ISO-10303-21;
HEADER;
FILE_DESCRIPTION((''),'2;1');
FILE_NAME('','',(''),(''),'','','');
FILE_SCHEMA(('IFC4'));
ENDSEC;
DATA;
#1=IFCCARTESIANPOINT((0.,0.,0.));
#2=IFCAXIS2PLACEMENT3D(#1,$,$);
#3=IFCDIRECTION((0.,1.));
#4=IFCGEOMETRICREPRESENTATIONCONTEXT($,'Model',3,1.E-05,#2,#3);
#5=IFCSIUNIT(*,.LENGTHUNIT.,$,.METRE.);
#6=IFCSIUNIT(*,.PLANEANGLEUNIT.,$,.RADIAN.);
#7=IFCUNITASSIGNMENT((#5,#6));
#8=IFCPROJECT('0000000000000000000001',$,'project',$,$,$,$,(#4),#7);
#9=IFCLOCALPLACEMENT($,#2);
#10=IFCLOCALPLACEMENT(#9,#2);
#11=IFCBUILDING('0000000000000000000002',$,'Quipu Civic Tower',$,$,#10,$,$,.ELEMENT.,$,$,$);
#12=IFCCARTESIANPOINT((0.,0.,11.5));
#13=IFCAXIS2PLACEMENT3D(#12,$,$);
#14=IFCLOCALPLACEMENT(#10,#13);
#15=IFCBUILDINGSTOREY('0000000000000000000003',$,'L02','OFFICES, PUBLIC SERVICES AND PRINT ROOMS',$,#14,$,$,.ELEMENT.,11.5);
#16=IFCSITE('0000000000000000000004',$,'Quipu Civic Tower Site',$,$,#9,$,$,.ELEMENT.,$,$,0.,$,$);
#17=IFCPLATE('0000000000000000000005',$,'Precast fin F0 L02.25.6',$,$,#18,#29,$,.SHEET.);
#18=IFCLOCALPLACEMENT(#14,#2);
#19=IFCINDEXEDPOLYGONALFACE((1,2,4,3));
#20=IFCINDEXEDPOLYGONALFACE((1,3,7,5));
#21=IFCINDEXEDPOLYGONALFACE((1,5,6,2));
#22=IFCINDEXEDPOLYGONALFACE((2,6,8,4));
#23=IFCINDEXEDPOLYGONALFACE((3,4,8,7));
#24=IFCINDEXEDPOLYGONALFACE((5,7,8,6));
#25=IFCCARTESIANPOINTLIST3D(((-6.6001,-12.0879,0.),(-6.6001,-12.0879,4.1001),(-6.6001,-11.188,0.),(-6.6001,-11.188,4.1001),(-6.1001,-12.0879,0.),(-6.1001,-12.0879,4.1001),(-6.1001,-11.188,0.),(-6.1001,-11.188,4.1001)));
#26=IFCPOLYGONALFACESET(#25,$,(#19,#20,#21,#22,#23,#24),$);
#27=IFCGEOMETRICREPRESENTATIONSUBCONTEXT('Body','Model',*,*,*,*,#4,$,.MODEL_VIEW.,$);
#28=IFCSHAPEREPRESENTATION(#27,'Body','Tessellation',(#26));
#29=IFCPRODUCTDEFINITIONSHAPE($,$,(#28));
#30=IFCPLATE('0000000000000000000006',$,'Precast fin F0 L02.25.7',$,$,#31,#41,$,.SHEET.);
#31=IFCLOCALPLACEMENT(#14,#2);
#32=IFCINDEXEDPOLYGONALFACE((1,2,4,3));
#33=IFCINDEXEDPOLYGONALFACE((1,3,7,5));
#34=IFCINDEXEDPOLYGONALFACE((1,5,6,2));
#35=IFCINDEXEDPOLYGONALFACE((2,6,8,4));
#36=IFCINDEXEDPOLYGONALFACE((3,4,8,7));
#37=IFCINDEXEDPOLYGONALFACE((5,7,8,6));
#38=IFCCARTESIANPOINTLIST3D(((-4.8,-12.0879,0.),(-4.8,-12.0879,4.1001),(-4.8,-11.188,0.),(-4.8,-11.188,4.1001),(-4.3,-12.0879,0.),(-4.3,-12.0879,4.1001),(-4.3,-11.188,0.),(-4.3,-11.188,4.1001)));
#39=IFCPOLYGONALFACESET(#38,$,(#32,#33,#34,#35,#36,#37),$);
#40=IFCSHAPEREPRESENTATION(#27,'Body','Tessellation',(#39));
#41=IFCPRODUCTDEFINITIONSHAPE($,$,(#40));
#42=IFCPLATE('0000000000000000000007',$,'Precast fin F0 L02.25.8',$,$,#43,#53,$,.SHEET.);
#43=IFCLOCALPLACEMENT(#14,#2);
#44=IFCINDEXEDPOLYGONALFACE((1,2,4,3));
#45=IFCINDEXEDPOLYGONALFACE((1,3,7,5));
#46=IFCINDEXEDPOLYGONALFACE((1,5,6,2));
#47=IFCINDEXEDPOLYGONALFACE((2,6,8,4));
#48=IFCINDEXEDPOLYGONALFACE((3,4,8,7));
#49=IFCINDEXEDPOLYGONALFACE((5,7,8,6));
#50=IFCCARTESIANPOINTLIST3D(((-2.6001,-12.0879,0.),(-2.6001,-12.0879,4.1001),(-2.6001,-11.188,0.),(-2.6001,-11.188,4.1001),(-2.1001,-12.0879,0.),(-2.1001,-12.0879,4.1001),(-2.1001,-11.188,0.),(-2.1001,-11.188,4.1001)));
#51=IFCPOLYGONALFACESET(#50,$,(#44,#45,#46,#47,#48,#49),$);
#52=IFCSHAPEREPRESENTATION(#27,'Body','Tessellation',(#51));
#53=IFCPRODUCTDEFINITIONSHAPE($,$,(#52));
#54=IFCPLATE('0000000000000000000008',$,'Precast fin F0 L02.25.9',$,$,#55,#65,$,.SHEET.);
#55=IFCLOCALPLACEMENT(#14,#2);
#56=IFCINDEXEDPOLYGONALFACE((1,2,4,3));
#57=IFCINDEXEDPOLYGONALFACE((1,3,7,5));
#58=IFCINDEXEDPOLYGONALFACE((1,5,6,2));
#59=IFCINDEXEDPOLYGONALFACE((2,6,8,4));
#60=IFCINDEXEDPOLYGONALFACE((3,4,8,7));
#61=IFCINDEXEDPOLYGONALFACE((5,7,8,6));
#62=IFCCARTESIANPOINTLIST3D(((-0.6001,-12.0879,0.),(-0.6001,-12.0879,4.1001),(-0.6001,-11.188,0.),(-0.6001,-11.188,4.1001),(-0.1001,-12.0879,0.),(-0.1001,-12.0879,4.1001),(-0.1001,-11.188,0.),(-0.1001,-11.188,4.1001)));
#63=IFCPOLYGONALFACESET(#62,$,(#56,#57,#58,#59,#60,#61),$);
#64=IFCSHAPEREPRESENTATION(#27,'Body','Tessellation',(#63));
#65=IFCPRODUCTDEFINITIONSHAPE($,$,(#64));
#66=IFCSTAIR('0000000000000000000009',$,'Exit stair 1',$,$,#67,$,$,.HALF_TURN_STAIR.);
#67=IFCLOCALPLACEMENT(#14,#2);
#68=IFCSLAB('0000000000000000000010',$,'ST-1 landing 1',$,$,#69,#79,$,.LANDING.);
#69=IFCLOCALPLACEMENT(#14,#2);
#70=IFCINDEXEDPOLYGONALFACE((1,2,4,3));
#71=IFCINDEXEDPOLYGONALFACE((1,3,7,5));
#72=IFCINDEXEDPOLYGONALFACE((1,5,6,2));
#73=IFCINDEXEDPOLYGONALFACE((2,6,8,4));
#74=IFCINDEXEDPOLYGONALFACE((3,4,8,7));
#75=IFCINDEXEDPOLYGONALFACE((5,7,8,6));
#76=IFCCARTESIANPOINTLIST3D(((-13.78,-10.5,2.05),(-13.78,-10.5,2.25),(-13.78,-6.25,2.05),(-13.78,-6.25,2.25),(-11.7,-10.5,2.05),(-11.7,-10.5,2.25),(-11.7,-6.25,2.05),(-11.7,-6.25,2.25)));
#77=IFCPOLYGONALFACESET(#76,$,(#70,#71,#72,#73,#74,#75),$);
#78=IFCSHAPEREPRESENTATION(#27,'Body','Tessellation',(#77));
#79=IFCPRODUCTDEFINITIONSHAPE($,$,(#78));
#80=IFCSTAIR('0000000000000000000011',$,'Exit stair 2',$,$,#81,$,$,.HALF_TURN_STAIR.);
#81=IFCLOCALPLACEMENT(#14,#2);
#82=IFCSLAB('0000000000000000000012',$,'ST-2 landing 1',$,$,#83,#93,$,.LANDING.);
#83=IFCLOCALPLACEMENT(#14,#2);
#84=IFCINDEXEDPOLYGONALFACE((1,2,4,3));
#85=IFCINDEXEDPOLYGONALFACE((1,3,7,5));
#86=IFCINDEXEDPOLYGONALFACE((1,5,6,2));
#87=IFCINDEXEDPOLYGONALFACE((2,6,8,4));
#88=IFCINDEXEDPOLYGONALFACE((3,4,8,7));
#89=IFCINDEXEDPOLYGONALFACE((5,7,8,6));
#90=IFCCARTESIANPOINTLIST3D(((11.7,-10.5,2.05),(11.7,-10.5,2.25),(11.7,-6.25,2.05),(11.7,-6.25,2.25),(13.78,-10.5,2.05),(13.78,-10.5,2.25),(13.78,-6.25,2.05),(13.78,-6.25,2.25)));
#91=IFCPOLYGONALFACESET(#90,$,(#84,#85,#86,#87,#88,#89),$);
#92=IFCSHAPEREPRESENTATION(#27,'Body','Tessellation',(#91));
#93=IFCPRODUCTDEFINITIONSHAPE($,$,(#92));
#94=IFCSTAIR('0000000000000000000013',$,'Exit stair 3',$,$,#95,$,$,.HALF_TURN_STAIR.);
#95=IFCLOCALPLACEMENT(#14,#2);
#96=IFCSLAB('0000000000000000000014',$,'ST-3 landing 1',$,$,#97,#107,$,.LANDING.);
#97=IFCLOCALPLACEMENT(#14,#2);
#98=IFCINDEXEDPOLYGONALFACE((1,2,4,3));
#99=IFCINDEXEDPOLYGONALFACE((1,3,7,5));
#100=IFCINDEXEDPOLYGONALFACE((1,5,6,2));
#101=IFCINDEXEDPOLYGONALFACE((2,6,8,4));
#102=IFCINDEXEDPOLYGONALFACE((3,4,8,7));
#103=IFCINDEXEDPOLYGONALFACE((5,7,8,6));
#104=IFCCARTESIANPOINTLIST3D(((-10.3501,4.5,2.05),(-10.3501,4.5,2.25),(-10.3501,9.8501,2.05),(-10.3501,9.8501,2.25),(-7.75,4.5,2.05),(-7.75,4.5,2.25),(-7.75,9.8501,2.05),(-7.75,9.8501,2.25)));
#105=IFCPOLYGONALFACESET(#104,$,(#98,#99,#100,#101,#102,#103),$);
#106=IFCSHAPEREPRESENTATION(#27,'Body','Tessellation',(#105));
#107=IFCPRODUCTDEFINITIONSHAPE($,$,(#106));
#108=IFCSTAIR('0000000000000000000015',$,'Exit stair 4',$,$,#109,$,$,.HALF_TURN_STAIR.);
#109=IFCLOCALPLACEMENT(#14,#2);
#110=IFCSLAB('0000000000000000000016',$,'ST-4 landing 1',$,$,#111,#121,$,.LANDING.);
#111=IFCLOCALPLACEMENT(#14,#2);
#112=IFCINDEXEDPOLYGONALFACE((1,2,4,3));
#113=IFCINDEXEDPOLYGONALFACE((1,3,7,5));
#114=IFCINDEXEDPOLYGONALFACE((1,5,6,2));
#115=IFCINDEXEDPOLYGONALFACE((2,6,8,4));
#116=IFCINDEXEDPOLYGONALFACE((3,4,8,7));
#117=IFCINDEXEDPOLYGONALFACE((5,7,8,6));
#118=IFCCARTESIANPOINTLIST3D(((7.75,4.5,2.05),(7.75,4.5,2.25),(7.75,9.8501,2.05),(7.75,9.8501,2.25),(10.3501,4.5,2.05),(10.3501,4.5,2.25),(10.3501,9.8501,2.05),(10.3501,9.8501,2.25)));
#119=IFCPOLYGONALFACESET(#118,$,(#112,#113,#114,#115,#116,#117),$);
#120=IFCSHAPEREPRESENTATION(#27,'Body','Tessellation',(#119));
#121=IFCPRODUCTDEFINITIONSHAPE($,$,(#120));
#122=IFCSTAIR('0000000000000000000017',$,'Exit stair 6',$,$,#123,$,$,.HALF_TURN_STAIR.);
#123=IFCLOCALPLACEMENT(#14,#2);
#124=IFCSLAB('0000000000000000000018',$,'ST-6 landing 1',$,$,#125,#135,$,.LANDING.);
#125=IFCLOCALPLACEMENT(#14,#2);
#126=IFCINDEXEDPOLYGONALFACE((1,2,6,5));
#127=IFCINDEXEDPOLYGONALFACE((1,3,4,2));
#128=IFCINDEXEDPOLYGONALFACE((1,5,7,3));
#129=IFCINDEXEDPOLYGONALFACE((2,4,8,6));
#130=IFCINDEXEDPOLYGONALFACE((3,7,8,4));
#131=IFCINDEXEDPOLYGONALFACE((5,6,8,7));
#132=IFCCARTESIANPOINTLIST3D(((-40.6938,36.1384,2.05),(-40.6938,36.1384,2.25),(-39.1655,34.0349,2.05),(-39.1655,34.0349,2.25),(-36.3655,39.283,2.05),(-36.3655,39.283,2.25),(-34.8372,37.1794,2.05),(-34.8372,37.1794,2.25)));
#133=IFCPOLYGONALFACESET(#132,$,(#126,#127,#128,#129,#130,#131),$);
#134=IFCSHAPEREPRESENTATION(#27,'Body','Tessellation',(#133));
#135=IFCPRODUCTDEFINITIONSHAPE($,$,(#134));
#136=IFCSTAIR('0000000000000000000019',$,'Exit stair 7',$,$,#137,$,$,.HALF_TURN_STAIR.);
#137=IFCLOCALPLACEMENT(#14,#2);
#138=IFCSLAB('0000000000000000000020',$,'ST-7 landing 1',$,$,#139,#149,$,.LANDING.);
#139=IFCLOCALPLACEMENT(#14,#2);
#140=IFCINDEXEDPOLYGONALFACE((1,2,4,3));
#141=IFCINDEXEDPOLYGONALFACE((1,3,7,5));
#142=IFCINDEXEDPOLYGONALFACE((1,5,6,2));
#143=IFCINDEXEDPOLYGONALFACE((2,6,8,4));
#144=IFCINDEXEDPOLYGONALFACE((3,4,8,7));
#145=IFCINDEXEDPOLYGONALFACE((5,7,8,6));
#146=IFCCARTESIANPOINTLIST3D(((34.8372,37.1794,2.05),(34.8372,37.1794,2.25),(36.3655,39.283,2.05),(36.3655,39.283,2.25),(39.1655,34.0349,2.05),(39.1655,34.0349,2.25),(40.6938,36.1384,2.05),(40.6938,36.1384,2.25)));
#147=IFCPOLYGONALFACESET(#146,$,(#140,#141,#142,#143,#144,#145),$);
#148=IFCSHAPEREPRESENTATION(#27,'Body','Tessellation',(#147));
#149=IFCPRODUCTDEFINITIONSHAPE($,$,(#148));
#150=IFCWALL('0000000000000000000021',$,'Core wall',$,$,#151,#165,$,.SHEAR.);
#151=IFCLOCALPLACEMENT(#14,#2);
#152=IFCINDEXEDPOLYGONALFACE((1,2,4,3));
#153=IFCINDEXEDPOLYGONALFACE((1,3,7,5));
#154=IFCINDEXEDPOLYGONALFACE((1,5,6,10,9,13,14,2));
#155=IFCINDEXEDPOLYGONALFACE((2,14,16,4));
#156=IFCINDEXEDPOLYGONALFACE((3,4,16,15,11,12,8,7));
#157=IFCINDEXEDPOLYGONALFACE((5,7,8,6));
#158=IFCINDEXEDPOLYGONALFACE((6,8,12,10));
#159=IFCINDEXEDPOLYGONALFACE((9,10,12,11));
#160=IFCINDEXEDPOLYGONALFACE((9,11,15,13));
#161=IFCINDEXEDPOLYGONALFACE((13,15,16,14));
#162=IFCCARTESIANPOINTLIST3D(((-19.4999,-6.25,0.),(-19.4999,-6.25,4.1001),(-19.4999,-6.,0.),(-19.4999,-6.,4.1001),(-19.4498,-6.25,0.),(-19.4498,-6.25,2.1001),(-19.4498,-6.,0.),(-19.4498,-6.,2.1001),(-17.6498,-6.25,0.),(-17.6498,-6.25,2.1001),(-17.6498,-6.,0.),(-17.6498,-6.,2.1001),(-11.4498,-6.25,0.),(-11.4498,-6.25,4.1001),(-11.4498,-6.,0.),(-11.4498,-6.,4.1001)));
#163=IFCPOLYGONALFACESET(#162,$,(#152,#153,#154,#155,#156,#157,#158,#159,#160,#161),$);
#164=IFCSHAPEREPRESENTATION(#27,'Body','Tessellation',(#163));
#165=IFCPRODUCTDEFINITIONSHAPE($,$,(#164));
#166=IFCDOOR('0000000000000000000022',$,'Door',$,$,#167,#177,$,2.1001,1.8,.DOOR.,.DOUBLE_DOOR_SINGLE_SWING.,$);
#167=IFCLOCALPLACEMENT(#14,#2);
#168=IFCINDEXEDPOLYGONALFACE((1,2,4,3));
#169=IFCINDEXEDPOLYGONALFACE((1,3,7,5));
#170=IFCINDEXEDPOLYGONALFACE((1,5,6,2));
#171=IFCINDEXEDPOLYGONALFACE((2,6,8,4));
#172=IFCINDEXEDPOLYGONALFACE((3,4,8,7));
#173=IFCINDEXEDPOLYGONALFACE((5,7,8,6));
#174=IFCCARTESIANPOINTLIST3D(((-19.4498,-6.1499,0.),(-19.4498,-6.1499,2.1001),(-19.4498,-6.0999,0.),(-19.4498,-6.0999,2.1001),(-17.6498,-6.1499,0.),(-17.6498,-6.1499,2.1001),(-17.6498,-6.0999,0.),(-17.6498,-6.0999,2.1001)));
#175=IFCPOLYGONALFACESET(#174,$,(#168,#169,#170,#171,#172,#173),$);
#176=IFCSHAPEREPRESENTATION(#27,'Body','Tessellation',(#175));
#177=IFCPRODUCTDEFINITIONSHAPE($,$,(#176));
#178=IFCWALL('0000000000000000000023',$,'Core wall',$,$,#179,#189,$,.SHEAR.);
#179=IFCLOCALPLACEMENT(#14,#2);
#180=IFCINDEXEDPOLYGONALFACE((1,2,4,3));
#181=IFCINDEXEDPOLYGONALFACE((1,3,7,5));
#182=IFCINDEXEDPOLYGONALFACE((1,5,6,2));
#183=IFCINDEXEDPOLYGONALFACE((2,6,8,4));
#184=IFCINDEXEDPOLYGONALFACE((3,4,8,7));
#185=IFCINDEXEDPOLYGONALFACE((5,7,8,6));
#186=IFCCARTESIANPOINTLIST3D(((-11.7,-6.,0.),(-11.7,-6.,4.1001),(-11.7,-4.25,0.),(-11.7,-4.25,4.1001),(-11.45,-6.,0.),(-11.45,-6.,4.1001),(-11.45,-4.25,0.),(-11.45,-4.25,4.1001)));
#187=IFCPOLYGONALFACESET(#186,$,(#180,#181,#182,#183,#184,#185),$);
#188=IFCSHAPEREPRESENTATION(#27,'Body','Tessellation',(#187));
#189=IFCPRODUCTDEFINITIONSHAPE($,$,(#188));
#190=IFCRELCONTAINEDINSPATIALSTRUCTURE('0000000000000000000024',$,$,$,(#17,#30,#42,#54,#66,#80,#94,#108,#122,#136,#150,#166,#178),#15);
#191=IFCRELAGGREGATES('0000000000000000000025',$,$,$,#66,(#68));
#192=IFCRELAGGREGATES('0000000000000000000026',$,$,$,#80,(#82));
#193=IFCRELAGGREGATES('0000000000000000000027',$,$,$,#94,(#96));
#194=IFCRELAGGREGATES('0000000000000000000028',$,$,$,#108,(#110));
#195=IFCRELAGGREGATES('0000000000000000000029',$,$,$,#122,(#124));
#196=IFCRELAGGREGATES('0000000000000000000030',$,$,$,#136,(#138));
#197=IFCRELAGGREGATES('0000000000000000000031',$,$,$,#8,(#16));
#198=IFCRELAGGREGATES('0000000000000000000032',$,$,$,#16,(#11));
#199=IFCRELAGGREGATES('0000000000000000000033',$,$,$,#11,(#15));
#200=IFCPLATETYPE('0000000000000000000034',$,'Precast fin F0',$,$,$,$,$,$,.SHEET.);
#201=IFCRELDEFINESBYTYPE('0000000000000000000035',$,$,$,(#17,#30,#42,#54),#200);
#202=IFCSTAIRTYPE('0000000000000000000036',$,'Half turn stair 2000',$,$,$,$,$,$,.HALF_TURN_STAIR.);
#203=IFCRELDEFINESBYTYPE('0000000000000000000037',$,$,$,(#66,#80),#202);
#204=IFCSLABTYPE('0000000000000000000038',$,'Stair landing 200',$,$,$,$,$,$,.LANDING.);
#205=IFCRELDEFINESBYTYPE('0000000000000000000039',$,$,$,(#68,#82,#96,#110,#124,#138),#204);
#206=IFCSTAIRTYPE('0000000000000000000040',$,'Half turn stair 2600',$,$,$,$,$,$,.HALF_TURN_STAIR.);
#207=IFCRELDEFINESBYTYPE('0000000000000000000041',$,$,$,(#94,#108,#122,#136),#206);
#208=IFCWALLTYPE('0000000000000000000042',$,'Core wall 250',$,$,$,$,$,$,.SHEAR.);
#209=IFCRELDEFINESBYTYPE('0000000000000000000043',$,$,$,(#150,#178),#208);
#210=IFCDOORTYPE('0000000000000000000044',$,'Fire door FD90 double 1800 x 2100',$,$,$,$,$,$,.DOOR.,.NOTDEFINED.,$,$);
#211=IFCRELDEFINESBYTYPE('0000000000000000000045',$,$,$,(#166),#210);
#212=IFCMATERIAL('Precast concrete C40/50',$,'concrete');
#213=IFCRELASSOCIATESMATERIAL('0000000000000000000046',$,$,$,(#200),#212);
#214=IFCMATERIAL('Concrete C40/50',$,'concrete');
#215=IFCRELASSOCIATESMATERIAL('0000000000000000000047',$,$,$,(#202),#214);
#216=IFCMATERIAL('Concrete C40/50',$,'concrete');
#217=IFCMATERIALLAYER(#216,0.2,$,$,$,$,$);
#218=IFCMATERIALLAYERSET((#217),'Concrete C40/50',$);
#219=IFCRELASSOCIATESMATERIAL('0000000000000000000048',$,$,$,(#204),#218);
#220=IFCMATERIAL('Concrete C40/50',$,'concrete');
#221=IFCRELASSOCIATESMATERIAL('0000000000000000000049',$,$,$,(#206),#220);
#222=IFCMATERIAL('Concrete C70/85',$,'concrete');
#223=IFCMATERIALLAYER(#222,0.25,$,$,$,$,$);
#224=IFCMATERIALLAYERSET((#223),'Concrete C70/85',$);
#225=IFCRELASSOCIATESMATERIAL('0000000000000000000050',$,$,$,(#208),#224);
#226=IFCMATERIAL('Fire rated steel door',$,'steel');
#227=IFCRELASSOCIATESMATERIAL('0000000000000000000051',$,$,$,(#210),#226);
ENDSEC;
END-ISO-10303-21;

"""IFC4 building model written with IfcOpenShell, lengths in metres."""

from ifc_helpers import new_model, si_unit, direction, frame, frame_2d, origin, origin_2d, place, context, subcontext, project, spatial, polyline, rectangle, outline, extrude, material, layer, layer_set, type_object, element, fill, aggregate, save


model = new_model("IFC4")

# Units and contexts
model_context = context("Model", 3, precision=1e-05, world=origin(), true_north=direction((0.0, 1.0)))
body_context = subcontext(model_context, "Body", "Model", "MODEL_VIEW")
ifc_project = project(units=[si_unit("LENGTHUNIT", "METRE"), si_unit("PLANEANGLEUNIT", "RADIAN")], contexts=[model_context])

# Site, building, storey
site_placement = place(None, origin())
site = spatial("IfcSite", under=ifc_project, at=site_placement, Name="Quipu Civic Tower Site", CompositionType="ELEMENT", RefElevation=0.0)
building_placement = place(site_placement, origin())
building = spatial("IfcBuilding", under=site, at=building_placement, Name="Quipu Civic Tower", CompositionType="ELEMENT")
storey_placement = place(building_placement, frame((0.0, 0.0, 11.5)))
storey = spatial("IfcBuildingStorey", under=building, at=storey_placement, Name="L02", Description="OFFICES, PUBLIC SERVICES AND PRINT ROOMS", CompositionType="ELEMENT", Elevation=11.5)

# Plates
ifc_material_1 = material(Name="Precast concrete C40/50", Category="concrete")
plate_type = type_object("IfcPlateType", Name="Precast fin F0", PredefinedType="SHEET", material=ifc_material_1)
for number, where, z_axis, x_axis, name in (
    (1, (-6.3501, -11.6379, 0.0), (0.0, 0.0, 1.0), (1.0, 0.0, 0.0), "Precast fin F0 L02.25.6"),
    (2, (-4.55, -11.6379, 0.0), (0.0, 0.0, 1.0), (1.0, 0.0, 0.0), "Precast fin F0 L02.25.7"),
    (3, (-2.3501, -11.6379, 0.0), (0.0, 0.0, 1.0), (1.0, 0.0, 0.0), "Precast fin F0 L02.25.8"),
    (4, (-0.3501, -11.6379, 0.0), (0.0, 0.0, 1.0), (1.0, 0.0, 0.0), "Precast fin F0 L02.25.9"),
):
    element("IfcPlate", number, at=place(storey_placement, frame(where, z_axis=z_axis, x_axis=x_axis)), inside=storey, type_object=plate_type, Name=name, PredefinedType="SHEET", context=body_context, shape_type="SweptSolid", body=[
        extrude(rectangle(XDim=0.5, YDim=0.8999, at=origin_2d()), origin(), (0.0, 0.0, 1.0), 4.1001),
    ])

# Stairs, slabs
ifc_material_2 = material(Name="Concrete C40/50", Category="concrete")
stair_type_1 = type_object("IfcStairType", Name="Half turn stair 2000", PredefinedType="HALF_TURN_STAIR", material=ifc_material_2)
stair_1_placement = place(storey_placement, origin())
stair_1 = element("IfcStair", 5, at=stair_1_placement, inside=storey, type_object=stair_type_1, Name="Exit stair 1", PredefinedType="HALF_TURN_STAIR")
ifc_material_3 = material(Name="Concrete C40/50", Category="concrete")
ifc_layer_1 = layer(ifc_material_3, 0.2)
ifc_layer_set_1 = layer_set([ifc_layer_1], Name="Concrete C40/50")
slab_type_1 = type_object("IfcSlabType", Name="Stair landing 200", PredefinedType="LANDING", material=ifc_layer_set_1)
slab_1_placement = place(storey_placement, frame((0.0, 0.0, 2.05)))
slab_1 = element("IfcSlab", 6, at=slab_1_placement, type_object=slab_type_1, Name="ST-1 landing 1", PredefinedType="LANDING", context=body_context, shape_type="SweptSolid", body=[
    extrude(outline(polyline([(-13.78, -10.5), (-11.7, -10.5), (-11.7, -6.25), (-13.78, -6.25), (-13.78, -10.5)])), origin(), (0.0, 0.0, 1.0), 0.2),
])
aggregate(stair_1, [slab_1])
stair_2_placement = place(storey_placement, origin())
stair_2 = element("IfcStair", 7, at=stair_2_placement, inside=storey, type_object=stair_type_1, Name="Exit stair 2", PredefinedType="HALF_TURN_STAIR")
slab_2_placement = place(storey_placement, frame((0.0, 0.0, 2.05)))
slab_2 = element("IfcSlab", 8, at=slab_2_placement, type_object=slab_type_1, Name="ST-2 landing 1", PredefinedType="LANDING", context=body_context, shape_type="SweptSolid", body=[
    extrude(outline(polyline([(13.78, -6.25), (11.7, -6.25), (11.7, -10.5), (13.78, -10.5), (13.78, -6.25)])), origin(), (0.0, 0.0, 1.0), 0.2),
])
aggregate(stair_2, [slab_2])
ifc_material_4 = material(Name="Concrete C40/50", Category="concrete")
stair_type_2 = type_object("IfcStairType", Name="Half turn stair 2600", PredefinedType="HALF_TURN_STAIR", material=ifc_material_4)
stair_3_placement = place(storey_placement, origin())
stair_3 = element("IfcStair", 9, at=stair_3_placement, inside=storey, type_object=stair_type_2, Name="Exit stair 3", PredefinedType="HALF_TURN_STAIR")
slab_3_placement = place(storey_placement, frame((0.0, 0.0, 2.05)))
slab_3 = element("IfcSlab", 10, at=slab_3_placement, type_object=slab_type_1, Name="ST-3 landing 1", PredefinedType="LANDING", context=body_context, shape_type="SweptSolid", body=[
    extrude(outline(polyline([(-10.3501, 4.5), (-7.75, 4.5), (-7.75, 9.8501), (-10.3501, 9.8501), (-10.3501, 4.5)])), origin(), (0.0, 0.0, 1.0), 0.2),
])
aggregate(stair_3, [slab_3])
stair_4_placement = place(storey_placement, origin())
stair_4 = element("IfcStair", 11, at=stair_4_placement, inside=storey, type_object=stair_type_2, Name="Exit stair 4", PredefinedType="HALF_TURN_STAIR")
slab_4_placement = place(storey_placement, frame((0.0, 0.0, 2.05)))
slab_4 = element("IfcSlab", 12, at=slab_4_placement, type_object=slab_type_1, Name="ST-4 landing 1", PredefinedType="LANDING", context=body_context, shape_type="SweptSolid", body=[
    extrude(outline(polyline([(10.3501, 9.8501), (7.75, 9.8501), (7.75, 4.5), (10.3501, 4.5), (10.3501, 9.8501)])), origin(), (0.0, 0.0, 1.0), 0.2),
])
aggregate(stair_4, [slab_4])
stair_5_placement = place(storey_placement, origin())
stair_5 = element("IfcStair", 13, at=stair_5_placement, inside=storey, type_object=stair_type_2, Name="Exit stair 6", PredefinedType="HALF_TURN_STAIR")
slab_5_placement = place(storey_placement, frame((0.0, 0.0, 2.05)))
slab_5 = element("IfcSlab", 14, at=slab_5_placement, type_object=slab_type_1, Name="ST-6 landing 1", PredefinedType="LANDING", context=body_context, shape_type="SweptSolid", body=[
    extrude(outline(polyline([(-34.8372, 37.1794), (-36.3655, 39.283), (-40.6938, 36.1384), (-39.1655, 34.0349), (-34.8372, 37.1794)])), origin(), (0.0, 0.0, 1.0), 0.2),
])
aggregate(stair_5, [slab_5])
stair_6_placement = place(storey_placement, origin())
stair_6 = element("IfcStair", 15, at=stair_6_placement, inside=storey, type_object=stair_type_2, Name="Exit stair 7", PredefinedType="HALF_TURN_STAIR")
slab_6_placement = place(storey_placement, frame((0.0, 0.0, 2.05)))
slab_6 = element("IfcSlab", 16, at=slab_6_placement, type_object=slab_type_1, Name="ST-7 landing 1", PredefinedType="LANDING", context=body_context, shape_type="SweptSolid", body=[
    extrude(outline(polyline([(39.1655, 34.0349), (40.6938, 36.1384), (36.3655, 39.283), (34.8372, 37.1794), (39.1655, 34.0349)])), origin(), (0.0, 0.0, 1.0), 0.2),
])
aggregate(stair_6, [slab_6])

# Wall, opening, door
ifc_material_5 = material(Name="Concrete C70/85", Category="concrete")
ifc_layer_2 = layer(ifc_material_5, 0.25)
ifc_layer_set_2 = layer_set([ifc_layer_2], Name="Concrete C70/85")
wall_type_1 = type_object("IfcWallType", Name="Core wall 250", PredefinedType="SHEAR", material=ifc_layer_set_2)
wall_1_placement = place(storey_placement, frame((-11.45, -6.125, 0.0), z_axis=(0.0, 0.0, 1.0), x_axis=(-1.0, 0.0, 0.0)))
wall_1 = element("IfcWall", 17, at=wall_1_placement, inside=storey, type_object=wall_type_1, Name="Core wall", PredefinedType="SHEAR", context=body_context, shape_type="SweptSolid", body=[
    extrude(rectangle(XDim=8.05, YDim=0.25, at=frame_2d((4.0249, 0.0))), origin(), (0.0, 0.0, 1.0), 4.1001),
])
opening_1_placement = place(wall_1_placement, frame((6.2, 0.0, 0.0)))
opening_1 = element("IfcOpeningElement", 18, at=opening_1_placement, cuts=wall_1, PredefinedType="OPENING", context=body_context, shape_type="SweptSolid", body=[
    extrude(rectangle(XDim=1.8, YDim=2.1001, at=frame_2d((0.8999, 1.05))), frame((0.0, 0.135, 0.0), z_axis=(0.0, -1.0, 0.0), x_axis=(1.0, 0.0, 0.0)), (0.0, 0.0, 1.0), 0.27),
])
ifc_material_6 = material(Name="Fire rated steel door", Category="steel")
door_type_1 = type_object("IfcDoorType", Name="Fire door FD90 double 1800 x 2100", OperationType="NOTDEFINED", PredefinedType="DOOR", material=ifc_material_6)
door_1_placement = place(opening_1_placement, origin())
door_1 = element("IfcDoor", 19, at=door_1_placement, inside=storey, type_object=door_type_1, Name="Door", OperationType="DOUBLE_DOOR_SINGLE_SWING", OverallHeight=2.1001, OverallWidth=1.8, PredefinedType="DOOR", context=body_context, shape_type="SweptSolid", body=[
    extrude(rectangle(XDim=1.8, YDim=2.1001, at=frame_2d((0.8999, 1.05))), frame((0.0, 0.0249, 0.0), z_axis=(0.0, -1.0, 0.0), x_axis=(1.0, 0.0, 0.0)), (0.0, 0.0, 1.0), 0.05),
])
fill(opening_1, door_1)

# Wall
wall_2_placement = place(storey_placement, frame((-11.575, -6.0, 0.0), z_axis=(0.0, 0.0, 1.0), x_axis=(0.0, 1.0, 0.0)))
element("IfcWall", 20, at=wall_2_placement, inside=storey, type_object=wall_type_1, Name="Core wall", PredefinedType="SHEAR", context=body_context, shape_type="SweptSolid", body=[
    extrude(rectangle(XDim=1.75, YDim=0.25, at=frame_2d((0.875, 0.0))), origin(), (0.0, 0.0, 1.0), 4.1001),
])

save(model, "model.ifc")
